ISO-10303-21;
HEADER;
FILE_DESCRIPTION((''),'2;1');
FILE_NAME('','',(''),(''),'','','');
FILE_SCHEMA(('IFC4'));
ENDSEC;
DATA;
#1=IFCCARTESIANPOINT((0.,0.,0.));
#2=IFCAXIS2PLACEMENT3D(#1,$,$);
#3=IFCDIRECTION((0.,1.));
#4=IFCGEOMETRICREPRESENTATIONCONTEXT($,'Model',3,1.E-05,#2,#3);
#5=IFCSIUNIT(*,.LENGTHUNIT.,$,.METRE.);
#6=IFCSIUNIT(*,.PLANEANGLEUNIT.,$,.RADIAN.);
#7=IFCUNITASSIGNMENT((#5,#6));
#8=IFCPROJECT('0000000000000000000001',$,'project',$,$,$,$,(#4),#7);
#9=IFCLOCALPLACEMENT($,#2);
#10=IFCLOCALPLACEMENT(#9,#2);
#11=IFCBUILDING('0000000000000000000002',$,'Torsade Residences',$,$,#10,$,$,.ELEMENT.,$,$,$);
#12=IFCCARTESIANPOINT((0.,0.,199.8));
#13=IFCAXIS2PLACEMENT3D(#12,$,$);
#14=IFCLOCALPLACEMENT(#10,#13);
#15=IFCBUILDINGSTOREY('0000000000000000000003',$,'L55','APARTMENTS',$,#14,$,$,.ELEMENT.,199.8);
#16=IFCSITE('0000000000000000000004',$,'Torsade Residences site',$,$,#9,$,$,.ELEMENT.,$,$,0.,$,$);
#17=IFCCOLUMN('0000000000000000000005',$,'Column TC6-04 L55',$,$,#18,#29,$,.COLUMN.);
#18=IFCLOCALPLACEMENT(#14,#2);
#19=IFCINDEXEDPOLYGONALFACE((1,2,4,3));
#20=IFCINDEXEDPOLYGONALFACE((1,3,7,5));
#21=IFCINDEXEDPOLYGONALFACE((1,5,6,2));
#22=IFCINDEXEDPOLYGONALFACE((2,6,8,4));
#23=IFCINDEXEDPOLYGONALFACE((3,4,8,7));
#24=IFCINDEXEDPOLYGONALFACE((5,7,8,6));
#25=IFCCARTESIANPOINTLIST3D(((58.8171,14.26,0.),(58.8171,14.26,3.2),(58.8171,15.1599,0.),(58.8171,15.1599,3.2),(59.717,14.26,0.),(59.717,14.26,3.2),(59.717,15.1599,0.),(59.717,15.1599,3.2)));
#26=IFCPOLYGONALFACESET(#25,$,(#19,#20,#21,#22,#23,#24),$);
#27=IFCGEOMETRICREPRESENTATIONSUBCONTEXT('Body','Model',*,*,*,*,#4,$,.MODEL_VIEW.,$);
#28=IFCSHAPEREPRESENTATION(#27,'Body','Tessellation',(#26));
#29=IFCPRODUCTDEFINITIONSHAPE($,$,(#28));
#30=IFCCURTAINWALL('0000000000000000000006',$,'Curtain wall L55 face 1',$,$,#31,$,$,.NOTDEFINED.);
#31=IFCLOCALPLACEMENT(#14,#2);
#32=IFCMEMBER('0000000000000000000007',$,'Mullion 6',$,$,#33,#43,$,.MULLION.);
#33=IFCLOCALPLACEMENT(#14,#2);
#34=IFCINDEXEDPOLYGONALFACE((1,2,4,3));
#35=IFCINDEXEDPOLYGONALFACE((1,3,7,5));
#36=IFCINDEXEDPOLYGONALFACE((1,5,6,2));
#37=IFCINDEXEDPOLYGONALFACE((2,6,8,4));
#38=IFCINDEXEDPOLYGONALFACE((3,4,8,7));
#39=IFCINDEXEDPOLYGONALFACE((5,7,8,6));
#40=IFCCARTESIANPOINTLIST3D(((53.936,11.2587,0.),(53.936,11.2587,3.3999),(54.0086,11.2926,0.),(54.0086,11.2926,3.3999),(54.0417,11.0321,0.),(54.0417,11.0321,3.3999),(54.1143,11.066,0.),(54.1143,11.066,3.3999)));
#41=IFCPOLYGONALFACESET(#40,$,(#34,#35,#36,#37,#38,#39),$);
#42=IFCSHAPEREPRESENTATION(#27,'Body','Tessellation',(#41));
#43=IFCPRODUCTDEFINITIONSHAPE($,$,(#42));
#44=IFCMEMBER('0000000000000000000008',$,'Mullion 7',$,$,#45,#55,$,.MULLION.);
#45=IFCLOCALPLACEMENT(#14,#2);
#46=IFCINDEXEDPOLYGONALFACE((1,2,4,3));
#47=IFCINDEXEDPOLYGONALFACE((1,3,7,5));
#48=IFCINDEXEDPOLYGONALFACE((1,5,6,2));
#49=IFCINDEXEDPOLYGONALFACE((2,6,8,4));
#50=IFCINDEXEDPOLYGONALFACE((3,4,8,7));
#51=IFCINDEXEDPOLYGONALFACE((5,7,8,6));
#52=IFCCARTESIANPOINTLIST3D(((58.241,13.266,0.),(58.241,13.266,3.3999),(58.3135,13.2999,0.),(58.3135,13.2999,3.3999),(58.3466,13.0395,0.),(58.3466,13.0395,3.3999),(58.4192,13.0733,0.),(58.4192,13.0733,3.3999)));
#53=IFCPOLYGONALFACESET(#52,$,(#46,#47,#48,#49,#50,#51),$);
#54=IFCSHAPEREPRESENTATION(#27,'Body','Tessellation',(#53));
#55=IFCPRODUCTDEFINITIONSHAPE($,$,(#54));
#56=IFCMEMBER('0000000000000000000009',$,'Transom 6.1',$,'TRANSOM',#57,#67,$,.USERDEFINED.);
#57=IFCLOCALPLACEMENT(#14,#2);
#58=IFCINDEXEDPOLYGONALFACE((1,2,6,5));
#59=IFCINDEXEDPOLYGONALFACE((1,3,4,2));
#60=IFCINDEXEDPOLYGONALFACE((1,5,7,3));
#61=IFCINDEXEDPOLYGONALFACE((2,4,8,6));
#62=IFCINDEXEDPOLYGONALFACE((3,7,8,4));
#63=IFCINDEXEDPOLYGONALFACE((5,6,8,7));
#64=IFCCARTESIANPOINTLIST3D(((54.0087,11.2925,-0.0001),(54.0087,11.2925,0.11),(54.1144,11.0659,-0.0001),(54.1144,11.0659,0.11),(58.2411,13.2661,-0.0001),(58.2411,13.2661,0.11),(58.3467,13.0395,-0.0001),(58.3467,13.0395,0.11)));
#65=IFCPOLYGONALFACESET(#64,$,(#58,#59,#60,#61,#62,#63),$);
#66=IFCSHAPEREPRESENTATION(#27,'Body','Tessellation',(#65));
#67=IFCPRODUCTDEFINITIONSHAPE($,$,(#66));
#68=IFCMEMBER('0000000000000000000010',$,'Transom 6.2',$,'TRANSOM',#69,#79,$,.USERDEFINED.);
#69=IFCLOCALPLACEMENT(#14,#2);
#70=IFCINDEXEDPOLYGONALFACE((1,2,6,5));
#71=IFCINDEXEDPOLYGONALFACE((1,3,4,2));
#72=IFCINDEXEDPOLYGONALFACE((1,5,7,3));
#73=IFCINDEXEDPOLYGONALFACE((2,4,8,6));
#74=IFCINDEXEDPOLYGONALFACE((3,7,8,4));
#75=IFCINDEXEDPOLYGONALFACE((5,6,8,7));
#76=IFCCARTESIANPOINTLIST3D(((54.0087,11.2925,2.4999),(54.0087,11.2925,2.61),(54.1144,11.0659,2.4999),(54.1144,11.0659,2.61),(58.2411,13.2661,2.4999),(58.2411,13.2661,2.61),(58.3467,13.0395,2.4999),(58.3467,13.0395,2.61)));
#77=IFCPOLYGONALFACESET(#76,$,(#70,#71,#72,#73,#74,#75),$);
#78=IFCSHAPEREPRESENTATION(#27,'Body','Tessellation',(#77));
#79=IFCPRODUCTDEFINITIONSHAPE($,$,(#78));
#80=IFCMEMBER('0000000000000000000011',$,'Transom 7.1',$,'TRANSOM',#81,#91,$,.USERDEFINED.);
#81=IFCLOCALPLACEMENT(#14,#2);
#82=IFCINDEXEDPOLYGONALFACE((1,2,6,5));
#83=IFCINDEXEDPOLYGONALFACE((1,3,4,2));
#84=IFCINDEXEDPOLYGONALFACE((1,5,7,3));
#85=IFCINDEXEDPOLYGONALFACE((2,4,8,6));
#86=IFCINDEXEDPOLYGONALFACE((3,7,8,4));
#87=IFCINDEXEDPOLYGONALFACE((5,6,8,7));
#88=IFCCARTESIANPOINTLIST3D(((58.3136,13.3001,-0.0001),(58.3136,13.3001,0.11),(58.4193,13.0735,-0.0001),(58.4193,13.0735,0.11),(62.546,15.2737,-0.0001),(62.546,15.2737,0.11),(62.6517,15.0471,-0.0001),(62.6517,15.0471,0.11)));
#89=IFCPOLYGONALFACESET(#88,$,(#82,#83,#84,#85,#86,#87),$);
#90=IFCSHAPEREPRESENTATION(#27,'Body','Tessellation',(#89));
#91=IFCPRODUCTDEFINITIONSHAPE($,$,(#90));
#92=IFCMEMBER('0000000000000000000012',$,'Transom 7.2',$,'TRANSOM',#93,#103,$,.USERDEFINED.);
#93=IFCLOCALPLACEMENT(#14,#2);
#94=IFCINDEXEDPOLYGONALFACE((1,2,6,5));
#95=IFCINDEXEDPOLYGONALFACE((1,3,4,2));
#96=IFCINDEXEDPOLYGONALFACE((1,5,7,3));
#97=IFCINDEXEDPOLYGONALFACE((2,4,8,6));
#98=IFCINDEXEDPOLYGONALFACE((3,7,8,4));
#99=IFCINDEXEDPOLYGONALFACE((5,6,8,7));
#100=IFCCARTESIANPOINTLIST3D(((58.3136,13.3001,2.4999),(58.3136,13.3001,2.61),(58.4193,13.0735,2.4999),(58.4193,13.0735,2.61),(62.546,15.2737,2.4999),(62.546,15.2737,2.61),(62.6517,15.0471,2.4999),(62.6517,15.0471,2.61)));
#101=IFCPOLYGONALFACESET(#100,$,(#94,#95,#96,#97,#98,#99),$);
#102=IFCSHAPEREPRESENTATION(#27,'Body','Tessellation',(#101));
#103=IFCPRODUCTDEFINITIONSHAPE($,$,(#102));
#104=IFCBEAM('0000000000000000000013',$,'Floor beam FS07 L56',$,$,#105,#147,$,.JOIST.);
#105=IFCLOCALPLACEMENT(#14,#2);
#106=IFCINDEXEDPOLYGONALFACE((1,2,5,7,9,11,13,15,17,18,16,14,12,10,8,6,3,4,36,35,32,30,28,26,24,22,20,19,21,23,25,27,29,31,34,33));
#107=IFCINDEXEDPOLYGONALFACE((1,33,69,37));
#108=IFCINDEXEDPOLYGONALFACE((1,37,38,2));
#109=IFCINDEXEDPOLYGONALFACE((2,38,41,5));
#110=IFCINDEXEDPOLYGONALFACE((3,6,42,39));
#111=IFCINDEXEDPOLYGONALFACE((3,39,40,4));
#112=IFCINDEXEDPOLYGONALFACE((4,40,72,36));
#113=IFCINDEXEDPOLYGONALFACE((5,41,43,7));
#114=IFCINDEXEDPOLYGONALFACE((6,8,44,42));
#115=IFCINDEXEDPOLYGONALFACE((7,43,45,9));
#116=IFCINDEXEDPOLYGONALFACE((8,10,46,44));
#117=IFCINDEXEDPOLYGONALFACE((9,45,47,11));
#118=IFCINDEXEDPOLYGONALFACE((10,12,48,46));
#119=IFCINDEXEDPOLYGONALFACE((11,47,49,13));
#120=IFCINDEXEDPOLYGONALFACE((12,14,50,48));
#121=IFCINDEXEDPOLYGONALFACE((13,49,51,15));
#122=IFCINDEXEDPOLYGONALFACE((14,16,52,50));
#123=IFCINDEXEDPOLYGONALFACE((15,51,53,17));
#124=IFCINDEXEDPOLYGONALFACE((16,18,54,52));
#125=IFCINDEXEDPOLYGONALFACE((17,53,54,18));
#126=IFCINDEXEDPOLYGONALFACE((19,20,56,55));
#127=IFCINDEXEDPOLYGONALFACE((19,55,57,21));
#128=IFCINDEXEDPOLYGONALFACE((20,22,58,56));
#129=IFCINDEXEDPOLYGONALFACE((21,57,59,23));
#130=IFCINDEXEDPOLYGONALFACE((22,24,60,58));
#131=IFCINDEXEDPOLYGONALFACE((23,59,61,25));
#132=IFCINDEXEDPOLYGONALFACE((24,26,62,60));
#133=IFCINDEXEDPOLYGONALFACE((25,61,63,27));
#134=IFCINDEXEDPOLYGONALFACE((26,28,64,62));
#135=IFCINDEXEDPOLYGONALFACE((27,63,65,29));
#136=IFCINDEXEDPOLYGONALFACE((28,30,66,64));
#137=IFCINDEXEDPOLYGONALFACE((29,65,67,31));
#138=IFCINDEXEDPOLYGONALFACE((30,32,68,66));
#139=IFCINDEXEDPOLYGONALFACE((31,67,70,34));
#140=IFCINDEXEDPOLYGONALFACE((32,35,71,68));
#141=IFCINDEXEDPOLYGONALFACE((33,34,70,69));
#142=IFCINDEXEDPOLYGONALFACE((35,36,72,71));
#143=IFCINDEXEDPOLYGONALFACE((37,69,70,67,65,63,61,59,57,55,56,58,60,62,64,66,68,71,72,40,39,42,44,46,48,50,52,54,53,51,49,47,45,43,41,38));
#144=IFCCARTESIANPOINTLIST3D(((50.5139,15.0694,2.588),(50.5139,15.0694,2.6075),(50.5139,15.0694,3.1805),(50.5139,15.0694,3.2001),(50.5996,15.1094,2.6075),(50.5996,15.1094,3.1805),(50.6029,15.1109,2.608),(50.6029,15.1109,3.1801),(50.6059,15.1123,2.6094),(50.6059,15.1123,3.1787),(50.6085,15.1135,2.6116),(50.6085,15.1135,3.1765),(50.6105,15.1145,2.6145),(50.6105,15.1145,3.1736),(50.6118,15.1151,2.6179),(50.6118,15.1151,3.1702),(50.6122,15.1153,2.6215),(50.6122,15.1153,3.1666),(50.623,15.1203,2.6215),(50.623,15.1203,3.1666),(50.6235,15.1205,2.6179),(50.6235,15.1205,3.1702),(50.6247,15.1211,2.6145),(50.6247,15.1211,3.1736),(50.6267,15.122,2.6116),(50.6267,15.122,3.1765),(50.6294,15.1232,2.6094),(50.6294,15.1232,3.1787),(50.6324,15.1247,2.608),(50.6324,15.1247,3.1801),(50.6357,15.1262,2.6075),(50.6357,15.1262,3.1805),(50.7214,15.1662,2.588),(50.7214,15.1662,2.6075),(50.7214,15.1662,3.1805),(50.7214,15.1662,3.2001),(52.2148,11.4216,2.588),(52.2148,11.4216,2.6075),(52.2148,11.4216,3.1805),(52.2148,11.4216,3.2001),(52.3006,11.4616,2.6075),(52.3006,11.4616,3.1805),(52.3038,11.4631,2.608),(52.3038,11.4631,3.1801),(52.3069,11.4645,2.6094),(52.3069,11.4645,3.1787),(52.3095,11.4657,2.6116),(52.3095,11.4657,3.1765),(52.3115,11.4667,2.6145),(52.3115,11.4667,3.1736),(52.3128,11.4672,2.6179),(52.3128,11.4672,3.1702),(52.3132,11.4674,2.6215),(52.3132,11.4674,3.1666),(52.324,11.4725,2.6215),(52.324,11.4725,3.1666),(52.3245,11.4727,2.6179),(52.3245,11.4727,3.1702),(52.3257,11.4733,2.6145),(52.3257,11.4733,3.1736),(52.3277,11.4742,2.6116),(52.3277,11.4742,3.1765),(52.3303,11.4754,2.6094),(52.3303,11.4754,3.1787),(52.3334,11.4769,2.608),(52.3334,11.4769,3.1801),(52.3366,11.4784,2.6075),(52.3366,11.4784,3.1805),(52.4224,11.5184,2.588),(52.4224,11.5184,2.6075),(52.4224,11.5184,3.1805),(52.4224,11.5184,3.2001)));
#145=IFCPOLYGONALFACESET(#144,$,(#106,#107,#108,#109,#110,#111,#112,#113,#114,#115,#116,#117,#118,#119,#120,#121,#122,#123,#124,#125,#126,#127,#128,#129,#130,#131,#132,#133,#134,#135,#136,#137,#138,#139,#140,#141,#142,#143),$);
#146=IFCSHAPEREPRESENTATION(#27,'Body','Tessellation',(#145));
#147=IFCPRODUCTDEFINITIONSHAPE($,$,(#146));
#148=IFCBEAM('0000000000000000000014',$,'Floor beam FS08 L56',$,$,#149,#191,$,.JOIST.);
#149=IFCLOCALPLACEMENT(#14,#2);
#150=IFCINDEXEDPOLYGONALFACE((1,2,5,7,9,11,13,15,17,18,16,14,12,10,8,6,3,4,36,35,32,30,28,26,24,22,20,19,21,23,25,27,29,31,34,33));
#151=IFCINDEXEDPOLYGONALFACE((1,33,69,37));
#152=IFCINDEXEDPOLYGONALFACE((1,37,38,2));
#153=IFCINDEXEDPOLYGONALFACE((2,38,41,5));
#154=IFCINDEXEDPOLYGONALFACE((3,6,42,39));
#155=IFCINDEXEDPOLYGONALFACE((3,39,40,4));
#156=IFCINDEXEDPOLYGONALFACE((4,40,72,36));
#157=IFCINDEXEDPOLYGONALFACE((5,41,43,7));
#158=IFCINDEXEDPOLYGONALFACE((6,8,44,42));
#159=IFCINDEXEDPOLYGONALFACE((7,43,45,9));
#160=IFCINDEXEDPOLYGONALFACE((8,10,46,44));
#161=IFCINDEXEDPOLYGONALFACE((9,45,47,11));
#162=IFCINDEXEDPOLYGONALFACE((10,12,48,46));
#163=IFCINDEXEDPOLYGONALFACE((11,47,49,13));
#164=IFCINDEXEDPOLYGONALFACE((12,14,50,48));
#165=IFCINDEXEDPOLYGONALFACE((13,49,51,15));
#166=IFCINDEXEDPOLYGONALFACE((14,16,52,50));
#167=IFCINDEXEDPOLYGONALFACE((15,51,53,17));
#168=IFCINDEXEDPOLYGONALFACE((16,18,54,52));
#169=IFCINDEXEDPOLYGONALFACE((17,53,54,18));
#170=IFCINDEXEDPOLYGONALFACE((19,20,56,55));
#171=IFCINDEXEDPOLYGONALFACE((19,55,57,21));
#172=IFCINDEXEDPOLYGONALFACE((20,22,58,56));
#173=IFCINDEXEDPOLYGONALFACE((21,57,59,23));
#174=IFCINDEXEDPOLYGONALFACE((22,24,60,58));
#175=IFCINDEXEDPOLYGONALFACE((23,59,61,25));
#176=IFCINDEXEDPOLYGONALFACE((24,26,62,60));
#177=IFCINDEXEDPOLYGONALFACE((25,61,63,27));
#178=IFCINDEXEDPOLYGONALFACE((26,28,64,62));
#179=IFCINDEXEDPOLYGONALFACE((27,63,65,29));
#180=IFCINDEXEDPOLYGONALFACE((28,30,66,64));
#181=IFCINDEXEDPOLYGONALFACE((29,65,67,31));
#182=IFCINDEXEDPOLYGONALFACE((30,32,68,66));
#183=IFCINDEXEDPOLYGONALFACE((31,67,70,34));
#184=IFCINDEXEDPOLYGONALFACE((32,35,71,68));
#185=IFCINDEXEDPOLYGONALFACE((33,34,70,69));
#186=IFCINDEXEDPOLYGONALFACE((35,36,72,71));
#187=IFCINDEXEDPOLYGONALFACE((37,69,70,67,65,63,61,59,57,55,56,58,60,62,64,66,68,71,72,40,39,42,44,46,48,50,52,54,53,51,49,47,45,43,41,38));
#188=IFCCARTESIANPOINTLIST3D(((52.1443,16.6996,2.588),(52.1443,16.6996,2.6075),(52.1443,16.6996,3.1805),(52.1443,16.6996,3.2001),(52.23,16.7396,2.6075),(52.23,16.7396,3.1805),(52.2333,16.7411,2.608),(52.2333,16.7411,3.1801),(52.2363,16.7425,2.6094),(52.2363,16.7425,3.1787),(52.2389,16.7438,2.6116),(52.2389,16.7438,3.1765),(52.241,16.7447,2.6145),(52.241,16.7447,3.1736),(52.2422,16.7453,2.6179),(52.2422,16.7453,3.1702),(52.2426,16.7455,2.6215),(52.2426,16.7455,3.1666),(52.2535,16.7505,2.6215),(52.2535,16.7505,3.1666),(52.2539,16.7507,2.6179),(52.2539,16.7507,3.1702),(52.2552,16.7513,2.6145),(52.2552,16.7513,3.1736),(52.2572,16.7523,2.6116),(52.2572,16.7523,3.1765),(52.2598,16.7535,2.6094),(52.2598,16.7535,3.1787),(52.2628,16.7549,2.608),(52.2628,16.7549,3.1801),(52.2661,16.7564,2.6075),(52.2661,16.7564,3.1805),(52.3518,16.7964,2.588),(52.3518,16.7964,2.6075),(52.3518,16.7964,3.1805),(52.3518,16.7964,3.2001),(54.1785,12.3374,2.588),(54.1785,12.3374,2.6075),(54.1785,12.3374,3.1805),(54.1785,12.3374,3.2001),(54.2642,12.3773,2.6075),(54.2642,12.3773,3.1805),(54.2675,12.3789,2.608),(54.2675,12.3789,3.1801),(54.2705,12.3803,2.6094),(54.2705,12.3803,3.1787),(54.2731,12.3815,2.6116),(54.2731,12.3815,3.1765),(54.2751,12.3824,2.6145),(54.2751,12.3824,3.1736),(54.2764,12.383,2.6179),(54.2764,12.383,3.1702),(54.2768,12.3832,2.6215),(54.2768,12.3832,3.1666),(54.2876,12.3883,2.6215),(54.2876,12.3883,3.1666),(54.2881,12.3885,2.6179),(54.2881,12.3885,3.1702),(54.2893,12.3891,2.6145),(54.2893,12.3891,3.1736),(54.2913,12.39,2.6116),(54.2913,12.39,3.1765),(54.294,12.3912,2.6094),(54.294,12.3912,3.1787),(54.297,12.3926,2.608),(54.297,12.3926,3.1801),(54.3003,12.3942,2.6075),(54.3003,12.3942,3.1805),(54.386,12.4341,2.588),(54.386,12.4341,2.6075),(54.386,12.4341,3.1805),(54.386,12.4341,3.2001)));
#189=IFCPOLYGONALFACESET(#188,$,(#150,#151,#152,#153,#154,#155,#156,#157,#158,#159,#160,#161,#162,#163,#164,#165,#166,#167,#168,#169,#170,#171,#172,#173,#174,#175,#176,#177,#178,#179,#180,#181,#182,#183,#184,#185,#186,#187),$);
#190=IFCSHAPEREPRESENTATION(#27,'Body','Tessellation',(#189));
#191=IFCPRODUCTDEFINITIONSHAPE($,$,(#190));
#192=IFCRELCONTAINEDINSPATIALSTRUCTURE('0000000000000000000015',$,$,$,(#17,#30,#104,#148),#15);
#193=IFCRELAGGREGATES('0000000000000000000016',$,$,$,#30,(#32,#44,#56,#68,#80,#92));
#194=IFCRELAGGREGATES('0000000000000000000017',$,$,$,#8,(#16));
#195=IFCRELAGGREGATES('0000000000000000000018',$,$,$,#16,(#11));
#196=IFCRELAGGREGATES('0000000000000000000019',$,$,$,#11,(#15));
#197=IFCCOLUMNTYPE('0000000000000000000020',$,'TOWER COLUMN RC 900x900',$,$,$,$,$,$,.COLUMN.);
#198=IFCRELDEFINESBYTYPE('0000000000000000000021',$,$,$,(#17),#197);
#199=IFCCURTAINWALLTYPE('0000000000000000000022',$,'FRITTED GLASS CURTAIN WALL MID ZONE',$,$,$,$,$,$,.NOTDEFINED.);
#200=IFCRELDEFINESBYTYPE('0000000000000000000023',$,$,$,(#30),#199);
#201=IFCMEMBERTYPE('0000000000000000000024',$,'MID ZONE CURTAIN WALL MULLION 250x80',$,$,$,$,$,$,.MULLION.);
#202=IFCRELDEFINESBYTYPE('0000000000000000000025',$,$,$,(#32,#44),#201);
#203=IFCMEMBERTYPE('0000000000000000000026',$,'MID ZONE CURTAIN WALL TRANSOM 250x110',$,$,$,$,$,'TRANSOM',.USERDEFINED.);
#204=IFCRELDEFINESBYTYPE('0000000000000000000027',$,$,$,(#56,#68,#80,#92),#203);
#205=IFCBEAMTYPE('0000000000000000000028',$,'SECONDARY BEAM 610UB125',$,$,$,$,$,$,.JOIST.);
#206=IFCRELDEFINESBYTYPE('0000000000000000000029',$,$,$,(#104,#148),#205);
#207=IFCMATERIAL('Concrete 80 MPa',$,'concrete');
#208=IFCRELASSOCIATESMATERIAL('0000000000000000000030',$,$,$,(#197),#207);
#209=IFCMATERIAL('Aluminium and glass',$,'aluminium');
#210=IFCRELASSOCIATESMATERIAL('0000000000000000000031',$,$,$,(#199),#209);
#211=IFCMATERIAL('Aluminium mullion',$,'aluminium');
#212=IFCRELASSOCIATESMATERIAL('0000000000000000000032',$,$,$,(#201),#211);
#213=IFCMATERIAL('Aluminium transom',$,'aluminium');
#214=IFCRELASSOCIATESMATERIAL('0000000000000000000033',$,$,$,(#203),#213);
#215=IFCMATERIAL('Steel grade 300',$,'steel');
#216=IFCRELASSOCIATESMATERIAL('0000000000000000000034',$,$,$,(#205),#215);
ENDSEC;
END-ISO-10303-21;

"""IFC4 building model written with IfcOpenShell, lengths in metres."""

from ifc_helpers import new_model, si_unit, direction, frame, origin, origin_2d, place, context, subcontext, project, spatial, rectangle, i_section, extrude, material, material_profile, profile_set, type_object, element, aggregate, save


model = new_model("IFC4")

# Units and contexts
model_context = context("Model", 3, precision=1e-05, world=origin(), true_north=direction((0.0, 1.0)))
body_context = subcontext(model_context, "Body", "Model", "MODEL_VIEW")
ifc_project = project(units=[si_unit("LENGTHUNIT", "METRE"), si_unit("PLANEANGLEUNIT", "RADIAN")], contexts=[model_context])

# Site, building, storey
site_placement = place(None, origin())
site = spatial("IfcSite", under=ifc_project, at=site_placement, Name="Torsade Residences site", CompositionType="ELEMENT", RefElevation=0.0)
building_placement = place(site_placement, origin())
building = spatial("IfcBuilding", under=site, at=building_placement, Name="Torsade Residences", CompositionType="ELEMENT")
storey_placement = place(building_placement, frame((0.0, 0.0, 199.8)))
storey = spatial("IfcBuildingStorey", under=building, at=storey_placement, Name="L55", Description="APARTMENTS", CompositionType="ELEMENT", Elevation=199.8)

# Column
ifc_material_1 = material(Name="Concrete 80 MPa", Category="concrete")
ifc_material_profile_1 = material_profile(ifc_material_1, rectangle(XDim=0.8999, YDim=0.8999, at=origin_2d()), Name="RC 900x900")
ifc_profile_set_1 = profile_set([ifc_material_profile_1], Name="Concrete 80 MPa")
column_type = type_object("IfcColumnType", Name="TOWER COLUMN RC 900x900", PredefinedType="COLUMN", material=ifc_profile_set_1)
column_placement = place(storey_placement, frame((59.2671, 14.71, 0.0), z_axis=(0.0, 0.0, 1.0), x_axis=(1.0, 0.0, 0.0)))
element("IfcColumn", 1, at=column_placement, inside=storey, type_object=column_type, Name="Column TC6-04 L55", PredefinedType="COLUMN", context=body_context, shape_type="SweptSolid", body=[
    extrude(rectangle(XDim=0.8999, YDim=0.8999, at=origin_2d()), origin(), (0.0, 0.0, 1.0), 3.2),
])

# Curtain wall, members
ifc_material_2 = material(Name="Aluminium and glass", Category="aluminium")
curtain_wall_type = type_object("IfcCurtainWallType", Name="FRITTED GLASS CURTAIN WALL MID ZONE", PredefinedType="NOTDEFINED", material=ifc_material_2)
curtain_wall_placement = place(storey_placement, origin())
curtain_wall = element("IfcCurtainWall", 2, at=curtain_wall_placement, inside=storey, type_object=curtain_wall_type, Name="Curtain wall L55 face 1", PredefinedType="NOTDEFINED")
ifc_material_3 = material(Name="Aluminium mullion", Category="aluminium")
ifc_material_profile_2 = material_profile(ifc_material_3, rectangle(XDim=0.25, YDim=0.0801, at=origin_2d()), Name="MID ZONE CURTAIN WALL MULLION 250x80")
ifc_profile_set_2 = profile_set([ifc_material_profile_2], Name="Aluminium mullion")
member_type_1 = type_object("IfcMemberType", Name="MID ZONE CURTAIN WALL MULLION 250x80", PredefinedType="MULLION", material=ifc_profile_set_2)
member_1_placement = place(storey_placement, frame((54.0251, 11.1624, 0.0), z_axis=(0.0, 0.0, 1.0), x_axis=(-0.422618, 0.906308, 0.0)))
member_1 = element("IfcMember", 3, at=member_1_placement, type_object=member_type_1, Name="Mullion 6", PredefinedType="MULLION", context=body_context, shape_type="SweptSolid", body=[
    extrude(rectangle(XDim=0.25, YDim=0.0801, at=origin_2d()), origin(), (0.0, 0.0, 1.0), 3.3999),
])
member_2_placement = place(storey_placement, frame((58.3301, 13.1697, 0.0), z_axis=(0.0, 0.0, 1.0), x_axis=(-0.422618, 0.906308, 0.0)))
member_2 = element("IfcMember", 4, at=member_2_placement, type_object=member_type_1, Name="Mullion 7", PredefinedType="MULLION", context=body_context, shape_type="SweptSolid", body=[
    extrude(rectangle(XDim=0.25, YDim=0.0801, at=origin_2d()), origin(), (0.0, 0.0, 1.0), 3.3999),
])
ifc_material_4 = material(Name="Aluminium transom", Category="aluminium")
ifc_material_profile_3 = material_profile(ifc_material_4, rectangle(XDim=0.25, YDim=0.1101, at=origin_2d()), Name="MID ZONE CURTAIN WALL TRANSOM 250x110")
ifc_profile_set_3 = profile_set([ifc_material_profile_3], Name="Aluminium transom")
member_type_2 = type_object("IfcMemberType", Name="MID ZONE CURTAIN WALL TRANSOM 250x110", ElementType="TRANSOM", PredefinedType="USERDEFINED", material=ifc_profile_set_3)
member_3_placement = place(storey_placement, frame((54.0615, 11.1792, 0.0549), z_axis=(0.906306, 0.422622, 0.0), x_axis=(-0.422622, 0.906306, 0.0)))
member_3 = element("IfcMember", 5, at=member_3_placement, type_object=member_type_2, Name="Transom 6.1", ObjectType="TRANSOM", PredefinedType="USERDEFINED", context=body_context, shape_type="SweptSolid", body=[
    extrude(rectangle(XDim=0.25, YDim=0.1101, at=origin_2d()), origin(), (0.0, 0.0, 1.0), 4.6699),
])
member_4_placement = place(storey_placement, frame((54.0615, 11.1792, 2.5549), z_axis=(0.906306, 0.422622, 0.0), x_axis=(-0.422622, 0.906306, 0.0)))
member_4 = element("IfcMember", 6, at=member_4_placement, type_object=member_type_2, Name="Transom 6.2", ObjectType="TRANSOM", PredefinedType="USERDEFINED", context=body_context, shape_type="SweptSolid", body=[
    extrude(rectangle(XDim=0.25, YDim=0.1101, at=origin_2d()), origin(), (0.0, 0.0, 1.0), 4.6699),
])
member_5_placement = place(storey_placement, frame((58.3665, 13.1868, 0.0549), z_axis=(0.906306, 0.422622, 0.0), x_axis=(-0.422622, 0.906306, 0.0)))
member_5 = element("IfcMember", 7, at=member_5_placement, type_object=member_type_2, Name="Transom 7.1", ObjectType="TRANSOM", PredefinedType="USERDEFINED", context=body_context, shape_type="SweptSolid", body=[
    extrude(rectangle(XDim=0.25, YDim=0.1101, at=origin_2d()), origin(), (0.0, 0.0, 1.0), 4.6699),
])
member_6_placement = place(storey_placement, frame((58.3665, 13.1868, 2.5549), z_axis=(0.906306, 0.422622, 0.0), x_axis=(-0.422622, 0.906306, 0.0)))
member_6 = element("IfcMember", 8, at=member_6_placement, type_object=member_type_2, Name="Transom 7.2", ObjectType="TRANSOM", PredefinedType="USERDEFINED", context=body_context, shape_type="SweptSolid", body=[
    extrude(rectangle(XDim=0.25, YDim=0.1101, at=origin_2d()), origin(), (0.0, 0.0, 1.0), 4.6699),
])

# Beams
ifc_material_5 = material(Name="Steel grade 300", Category="steel")
ifc_material_profile_4 = material_profile(ifc_material_5, i_section(OverallWidth=0.229, OverallDepth=0.6121, WebThickness=0.012, FlangeThickness=0.0195, FilletRadius=0.0139, at=origin_2d()), Name="610UB125")
ifc_profile_set_4 = profile_set([ifc_material_profile_4], Name="Steel grade 300")
beam_type_1 = type_object("IfcBeamType", Name="SECONDARY BEAM 610UB125", PredefinedType="JOIST", material=ifc_profile_set_4)
beam_1_placement = place(storey_placement, frame((52.3186, 11.47, 2.894), z_axis=(-0.422613, 0.90631, 0.0), x_axis=(-0.90631, -0.422613, 0.0)))
element("IfcBeam", 9, at=beam_1_placement, inside=storey, type_object=beam_type_1, Name="Floor beam FS07 L56", PredefinedType="JOIST", context=body_context, shape_type="SweptSolid", body=[
    extrude(i_section(OverallWidth=0.229, OverallDepth=0.6121, WebThickness=0.012, FlangeThickness=0.0195, FilletRadius=0.0139, at=origin_2d()), origin(), (0.0, 0.0, 1.0), 4.0249),
])
beam_2_placement = place(storey_placement, frame((54.2822, 12.3857, 2.894), z_axis=(-0.422619, 0.906308, 0.0), x_axis=(-0.906308, -0.422619, 0.0)))
element("IfcBeam", 10, at=beam_2_placement, inside=storey, type_object=beam_type_1, Name="Floor beam FS08 L56", PredefinedType="JOIST", context=body_context, shape_type="SweptSolid", body=[
    extrude(i_section(OverallWidth=0.229, OverallDepth=0.6121, WebThickness=0.012, FlangeThickness=0.0195, FilletRadius=0.0139, at=origin_2d()), origin(), (0.0, 0.0, 1.0), 4.8132),
])

aggregate(curtain_wall, [member_1, member_2, member_3, member_4, member_5, member_6])

save(model, "model.ifc")
